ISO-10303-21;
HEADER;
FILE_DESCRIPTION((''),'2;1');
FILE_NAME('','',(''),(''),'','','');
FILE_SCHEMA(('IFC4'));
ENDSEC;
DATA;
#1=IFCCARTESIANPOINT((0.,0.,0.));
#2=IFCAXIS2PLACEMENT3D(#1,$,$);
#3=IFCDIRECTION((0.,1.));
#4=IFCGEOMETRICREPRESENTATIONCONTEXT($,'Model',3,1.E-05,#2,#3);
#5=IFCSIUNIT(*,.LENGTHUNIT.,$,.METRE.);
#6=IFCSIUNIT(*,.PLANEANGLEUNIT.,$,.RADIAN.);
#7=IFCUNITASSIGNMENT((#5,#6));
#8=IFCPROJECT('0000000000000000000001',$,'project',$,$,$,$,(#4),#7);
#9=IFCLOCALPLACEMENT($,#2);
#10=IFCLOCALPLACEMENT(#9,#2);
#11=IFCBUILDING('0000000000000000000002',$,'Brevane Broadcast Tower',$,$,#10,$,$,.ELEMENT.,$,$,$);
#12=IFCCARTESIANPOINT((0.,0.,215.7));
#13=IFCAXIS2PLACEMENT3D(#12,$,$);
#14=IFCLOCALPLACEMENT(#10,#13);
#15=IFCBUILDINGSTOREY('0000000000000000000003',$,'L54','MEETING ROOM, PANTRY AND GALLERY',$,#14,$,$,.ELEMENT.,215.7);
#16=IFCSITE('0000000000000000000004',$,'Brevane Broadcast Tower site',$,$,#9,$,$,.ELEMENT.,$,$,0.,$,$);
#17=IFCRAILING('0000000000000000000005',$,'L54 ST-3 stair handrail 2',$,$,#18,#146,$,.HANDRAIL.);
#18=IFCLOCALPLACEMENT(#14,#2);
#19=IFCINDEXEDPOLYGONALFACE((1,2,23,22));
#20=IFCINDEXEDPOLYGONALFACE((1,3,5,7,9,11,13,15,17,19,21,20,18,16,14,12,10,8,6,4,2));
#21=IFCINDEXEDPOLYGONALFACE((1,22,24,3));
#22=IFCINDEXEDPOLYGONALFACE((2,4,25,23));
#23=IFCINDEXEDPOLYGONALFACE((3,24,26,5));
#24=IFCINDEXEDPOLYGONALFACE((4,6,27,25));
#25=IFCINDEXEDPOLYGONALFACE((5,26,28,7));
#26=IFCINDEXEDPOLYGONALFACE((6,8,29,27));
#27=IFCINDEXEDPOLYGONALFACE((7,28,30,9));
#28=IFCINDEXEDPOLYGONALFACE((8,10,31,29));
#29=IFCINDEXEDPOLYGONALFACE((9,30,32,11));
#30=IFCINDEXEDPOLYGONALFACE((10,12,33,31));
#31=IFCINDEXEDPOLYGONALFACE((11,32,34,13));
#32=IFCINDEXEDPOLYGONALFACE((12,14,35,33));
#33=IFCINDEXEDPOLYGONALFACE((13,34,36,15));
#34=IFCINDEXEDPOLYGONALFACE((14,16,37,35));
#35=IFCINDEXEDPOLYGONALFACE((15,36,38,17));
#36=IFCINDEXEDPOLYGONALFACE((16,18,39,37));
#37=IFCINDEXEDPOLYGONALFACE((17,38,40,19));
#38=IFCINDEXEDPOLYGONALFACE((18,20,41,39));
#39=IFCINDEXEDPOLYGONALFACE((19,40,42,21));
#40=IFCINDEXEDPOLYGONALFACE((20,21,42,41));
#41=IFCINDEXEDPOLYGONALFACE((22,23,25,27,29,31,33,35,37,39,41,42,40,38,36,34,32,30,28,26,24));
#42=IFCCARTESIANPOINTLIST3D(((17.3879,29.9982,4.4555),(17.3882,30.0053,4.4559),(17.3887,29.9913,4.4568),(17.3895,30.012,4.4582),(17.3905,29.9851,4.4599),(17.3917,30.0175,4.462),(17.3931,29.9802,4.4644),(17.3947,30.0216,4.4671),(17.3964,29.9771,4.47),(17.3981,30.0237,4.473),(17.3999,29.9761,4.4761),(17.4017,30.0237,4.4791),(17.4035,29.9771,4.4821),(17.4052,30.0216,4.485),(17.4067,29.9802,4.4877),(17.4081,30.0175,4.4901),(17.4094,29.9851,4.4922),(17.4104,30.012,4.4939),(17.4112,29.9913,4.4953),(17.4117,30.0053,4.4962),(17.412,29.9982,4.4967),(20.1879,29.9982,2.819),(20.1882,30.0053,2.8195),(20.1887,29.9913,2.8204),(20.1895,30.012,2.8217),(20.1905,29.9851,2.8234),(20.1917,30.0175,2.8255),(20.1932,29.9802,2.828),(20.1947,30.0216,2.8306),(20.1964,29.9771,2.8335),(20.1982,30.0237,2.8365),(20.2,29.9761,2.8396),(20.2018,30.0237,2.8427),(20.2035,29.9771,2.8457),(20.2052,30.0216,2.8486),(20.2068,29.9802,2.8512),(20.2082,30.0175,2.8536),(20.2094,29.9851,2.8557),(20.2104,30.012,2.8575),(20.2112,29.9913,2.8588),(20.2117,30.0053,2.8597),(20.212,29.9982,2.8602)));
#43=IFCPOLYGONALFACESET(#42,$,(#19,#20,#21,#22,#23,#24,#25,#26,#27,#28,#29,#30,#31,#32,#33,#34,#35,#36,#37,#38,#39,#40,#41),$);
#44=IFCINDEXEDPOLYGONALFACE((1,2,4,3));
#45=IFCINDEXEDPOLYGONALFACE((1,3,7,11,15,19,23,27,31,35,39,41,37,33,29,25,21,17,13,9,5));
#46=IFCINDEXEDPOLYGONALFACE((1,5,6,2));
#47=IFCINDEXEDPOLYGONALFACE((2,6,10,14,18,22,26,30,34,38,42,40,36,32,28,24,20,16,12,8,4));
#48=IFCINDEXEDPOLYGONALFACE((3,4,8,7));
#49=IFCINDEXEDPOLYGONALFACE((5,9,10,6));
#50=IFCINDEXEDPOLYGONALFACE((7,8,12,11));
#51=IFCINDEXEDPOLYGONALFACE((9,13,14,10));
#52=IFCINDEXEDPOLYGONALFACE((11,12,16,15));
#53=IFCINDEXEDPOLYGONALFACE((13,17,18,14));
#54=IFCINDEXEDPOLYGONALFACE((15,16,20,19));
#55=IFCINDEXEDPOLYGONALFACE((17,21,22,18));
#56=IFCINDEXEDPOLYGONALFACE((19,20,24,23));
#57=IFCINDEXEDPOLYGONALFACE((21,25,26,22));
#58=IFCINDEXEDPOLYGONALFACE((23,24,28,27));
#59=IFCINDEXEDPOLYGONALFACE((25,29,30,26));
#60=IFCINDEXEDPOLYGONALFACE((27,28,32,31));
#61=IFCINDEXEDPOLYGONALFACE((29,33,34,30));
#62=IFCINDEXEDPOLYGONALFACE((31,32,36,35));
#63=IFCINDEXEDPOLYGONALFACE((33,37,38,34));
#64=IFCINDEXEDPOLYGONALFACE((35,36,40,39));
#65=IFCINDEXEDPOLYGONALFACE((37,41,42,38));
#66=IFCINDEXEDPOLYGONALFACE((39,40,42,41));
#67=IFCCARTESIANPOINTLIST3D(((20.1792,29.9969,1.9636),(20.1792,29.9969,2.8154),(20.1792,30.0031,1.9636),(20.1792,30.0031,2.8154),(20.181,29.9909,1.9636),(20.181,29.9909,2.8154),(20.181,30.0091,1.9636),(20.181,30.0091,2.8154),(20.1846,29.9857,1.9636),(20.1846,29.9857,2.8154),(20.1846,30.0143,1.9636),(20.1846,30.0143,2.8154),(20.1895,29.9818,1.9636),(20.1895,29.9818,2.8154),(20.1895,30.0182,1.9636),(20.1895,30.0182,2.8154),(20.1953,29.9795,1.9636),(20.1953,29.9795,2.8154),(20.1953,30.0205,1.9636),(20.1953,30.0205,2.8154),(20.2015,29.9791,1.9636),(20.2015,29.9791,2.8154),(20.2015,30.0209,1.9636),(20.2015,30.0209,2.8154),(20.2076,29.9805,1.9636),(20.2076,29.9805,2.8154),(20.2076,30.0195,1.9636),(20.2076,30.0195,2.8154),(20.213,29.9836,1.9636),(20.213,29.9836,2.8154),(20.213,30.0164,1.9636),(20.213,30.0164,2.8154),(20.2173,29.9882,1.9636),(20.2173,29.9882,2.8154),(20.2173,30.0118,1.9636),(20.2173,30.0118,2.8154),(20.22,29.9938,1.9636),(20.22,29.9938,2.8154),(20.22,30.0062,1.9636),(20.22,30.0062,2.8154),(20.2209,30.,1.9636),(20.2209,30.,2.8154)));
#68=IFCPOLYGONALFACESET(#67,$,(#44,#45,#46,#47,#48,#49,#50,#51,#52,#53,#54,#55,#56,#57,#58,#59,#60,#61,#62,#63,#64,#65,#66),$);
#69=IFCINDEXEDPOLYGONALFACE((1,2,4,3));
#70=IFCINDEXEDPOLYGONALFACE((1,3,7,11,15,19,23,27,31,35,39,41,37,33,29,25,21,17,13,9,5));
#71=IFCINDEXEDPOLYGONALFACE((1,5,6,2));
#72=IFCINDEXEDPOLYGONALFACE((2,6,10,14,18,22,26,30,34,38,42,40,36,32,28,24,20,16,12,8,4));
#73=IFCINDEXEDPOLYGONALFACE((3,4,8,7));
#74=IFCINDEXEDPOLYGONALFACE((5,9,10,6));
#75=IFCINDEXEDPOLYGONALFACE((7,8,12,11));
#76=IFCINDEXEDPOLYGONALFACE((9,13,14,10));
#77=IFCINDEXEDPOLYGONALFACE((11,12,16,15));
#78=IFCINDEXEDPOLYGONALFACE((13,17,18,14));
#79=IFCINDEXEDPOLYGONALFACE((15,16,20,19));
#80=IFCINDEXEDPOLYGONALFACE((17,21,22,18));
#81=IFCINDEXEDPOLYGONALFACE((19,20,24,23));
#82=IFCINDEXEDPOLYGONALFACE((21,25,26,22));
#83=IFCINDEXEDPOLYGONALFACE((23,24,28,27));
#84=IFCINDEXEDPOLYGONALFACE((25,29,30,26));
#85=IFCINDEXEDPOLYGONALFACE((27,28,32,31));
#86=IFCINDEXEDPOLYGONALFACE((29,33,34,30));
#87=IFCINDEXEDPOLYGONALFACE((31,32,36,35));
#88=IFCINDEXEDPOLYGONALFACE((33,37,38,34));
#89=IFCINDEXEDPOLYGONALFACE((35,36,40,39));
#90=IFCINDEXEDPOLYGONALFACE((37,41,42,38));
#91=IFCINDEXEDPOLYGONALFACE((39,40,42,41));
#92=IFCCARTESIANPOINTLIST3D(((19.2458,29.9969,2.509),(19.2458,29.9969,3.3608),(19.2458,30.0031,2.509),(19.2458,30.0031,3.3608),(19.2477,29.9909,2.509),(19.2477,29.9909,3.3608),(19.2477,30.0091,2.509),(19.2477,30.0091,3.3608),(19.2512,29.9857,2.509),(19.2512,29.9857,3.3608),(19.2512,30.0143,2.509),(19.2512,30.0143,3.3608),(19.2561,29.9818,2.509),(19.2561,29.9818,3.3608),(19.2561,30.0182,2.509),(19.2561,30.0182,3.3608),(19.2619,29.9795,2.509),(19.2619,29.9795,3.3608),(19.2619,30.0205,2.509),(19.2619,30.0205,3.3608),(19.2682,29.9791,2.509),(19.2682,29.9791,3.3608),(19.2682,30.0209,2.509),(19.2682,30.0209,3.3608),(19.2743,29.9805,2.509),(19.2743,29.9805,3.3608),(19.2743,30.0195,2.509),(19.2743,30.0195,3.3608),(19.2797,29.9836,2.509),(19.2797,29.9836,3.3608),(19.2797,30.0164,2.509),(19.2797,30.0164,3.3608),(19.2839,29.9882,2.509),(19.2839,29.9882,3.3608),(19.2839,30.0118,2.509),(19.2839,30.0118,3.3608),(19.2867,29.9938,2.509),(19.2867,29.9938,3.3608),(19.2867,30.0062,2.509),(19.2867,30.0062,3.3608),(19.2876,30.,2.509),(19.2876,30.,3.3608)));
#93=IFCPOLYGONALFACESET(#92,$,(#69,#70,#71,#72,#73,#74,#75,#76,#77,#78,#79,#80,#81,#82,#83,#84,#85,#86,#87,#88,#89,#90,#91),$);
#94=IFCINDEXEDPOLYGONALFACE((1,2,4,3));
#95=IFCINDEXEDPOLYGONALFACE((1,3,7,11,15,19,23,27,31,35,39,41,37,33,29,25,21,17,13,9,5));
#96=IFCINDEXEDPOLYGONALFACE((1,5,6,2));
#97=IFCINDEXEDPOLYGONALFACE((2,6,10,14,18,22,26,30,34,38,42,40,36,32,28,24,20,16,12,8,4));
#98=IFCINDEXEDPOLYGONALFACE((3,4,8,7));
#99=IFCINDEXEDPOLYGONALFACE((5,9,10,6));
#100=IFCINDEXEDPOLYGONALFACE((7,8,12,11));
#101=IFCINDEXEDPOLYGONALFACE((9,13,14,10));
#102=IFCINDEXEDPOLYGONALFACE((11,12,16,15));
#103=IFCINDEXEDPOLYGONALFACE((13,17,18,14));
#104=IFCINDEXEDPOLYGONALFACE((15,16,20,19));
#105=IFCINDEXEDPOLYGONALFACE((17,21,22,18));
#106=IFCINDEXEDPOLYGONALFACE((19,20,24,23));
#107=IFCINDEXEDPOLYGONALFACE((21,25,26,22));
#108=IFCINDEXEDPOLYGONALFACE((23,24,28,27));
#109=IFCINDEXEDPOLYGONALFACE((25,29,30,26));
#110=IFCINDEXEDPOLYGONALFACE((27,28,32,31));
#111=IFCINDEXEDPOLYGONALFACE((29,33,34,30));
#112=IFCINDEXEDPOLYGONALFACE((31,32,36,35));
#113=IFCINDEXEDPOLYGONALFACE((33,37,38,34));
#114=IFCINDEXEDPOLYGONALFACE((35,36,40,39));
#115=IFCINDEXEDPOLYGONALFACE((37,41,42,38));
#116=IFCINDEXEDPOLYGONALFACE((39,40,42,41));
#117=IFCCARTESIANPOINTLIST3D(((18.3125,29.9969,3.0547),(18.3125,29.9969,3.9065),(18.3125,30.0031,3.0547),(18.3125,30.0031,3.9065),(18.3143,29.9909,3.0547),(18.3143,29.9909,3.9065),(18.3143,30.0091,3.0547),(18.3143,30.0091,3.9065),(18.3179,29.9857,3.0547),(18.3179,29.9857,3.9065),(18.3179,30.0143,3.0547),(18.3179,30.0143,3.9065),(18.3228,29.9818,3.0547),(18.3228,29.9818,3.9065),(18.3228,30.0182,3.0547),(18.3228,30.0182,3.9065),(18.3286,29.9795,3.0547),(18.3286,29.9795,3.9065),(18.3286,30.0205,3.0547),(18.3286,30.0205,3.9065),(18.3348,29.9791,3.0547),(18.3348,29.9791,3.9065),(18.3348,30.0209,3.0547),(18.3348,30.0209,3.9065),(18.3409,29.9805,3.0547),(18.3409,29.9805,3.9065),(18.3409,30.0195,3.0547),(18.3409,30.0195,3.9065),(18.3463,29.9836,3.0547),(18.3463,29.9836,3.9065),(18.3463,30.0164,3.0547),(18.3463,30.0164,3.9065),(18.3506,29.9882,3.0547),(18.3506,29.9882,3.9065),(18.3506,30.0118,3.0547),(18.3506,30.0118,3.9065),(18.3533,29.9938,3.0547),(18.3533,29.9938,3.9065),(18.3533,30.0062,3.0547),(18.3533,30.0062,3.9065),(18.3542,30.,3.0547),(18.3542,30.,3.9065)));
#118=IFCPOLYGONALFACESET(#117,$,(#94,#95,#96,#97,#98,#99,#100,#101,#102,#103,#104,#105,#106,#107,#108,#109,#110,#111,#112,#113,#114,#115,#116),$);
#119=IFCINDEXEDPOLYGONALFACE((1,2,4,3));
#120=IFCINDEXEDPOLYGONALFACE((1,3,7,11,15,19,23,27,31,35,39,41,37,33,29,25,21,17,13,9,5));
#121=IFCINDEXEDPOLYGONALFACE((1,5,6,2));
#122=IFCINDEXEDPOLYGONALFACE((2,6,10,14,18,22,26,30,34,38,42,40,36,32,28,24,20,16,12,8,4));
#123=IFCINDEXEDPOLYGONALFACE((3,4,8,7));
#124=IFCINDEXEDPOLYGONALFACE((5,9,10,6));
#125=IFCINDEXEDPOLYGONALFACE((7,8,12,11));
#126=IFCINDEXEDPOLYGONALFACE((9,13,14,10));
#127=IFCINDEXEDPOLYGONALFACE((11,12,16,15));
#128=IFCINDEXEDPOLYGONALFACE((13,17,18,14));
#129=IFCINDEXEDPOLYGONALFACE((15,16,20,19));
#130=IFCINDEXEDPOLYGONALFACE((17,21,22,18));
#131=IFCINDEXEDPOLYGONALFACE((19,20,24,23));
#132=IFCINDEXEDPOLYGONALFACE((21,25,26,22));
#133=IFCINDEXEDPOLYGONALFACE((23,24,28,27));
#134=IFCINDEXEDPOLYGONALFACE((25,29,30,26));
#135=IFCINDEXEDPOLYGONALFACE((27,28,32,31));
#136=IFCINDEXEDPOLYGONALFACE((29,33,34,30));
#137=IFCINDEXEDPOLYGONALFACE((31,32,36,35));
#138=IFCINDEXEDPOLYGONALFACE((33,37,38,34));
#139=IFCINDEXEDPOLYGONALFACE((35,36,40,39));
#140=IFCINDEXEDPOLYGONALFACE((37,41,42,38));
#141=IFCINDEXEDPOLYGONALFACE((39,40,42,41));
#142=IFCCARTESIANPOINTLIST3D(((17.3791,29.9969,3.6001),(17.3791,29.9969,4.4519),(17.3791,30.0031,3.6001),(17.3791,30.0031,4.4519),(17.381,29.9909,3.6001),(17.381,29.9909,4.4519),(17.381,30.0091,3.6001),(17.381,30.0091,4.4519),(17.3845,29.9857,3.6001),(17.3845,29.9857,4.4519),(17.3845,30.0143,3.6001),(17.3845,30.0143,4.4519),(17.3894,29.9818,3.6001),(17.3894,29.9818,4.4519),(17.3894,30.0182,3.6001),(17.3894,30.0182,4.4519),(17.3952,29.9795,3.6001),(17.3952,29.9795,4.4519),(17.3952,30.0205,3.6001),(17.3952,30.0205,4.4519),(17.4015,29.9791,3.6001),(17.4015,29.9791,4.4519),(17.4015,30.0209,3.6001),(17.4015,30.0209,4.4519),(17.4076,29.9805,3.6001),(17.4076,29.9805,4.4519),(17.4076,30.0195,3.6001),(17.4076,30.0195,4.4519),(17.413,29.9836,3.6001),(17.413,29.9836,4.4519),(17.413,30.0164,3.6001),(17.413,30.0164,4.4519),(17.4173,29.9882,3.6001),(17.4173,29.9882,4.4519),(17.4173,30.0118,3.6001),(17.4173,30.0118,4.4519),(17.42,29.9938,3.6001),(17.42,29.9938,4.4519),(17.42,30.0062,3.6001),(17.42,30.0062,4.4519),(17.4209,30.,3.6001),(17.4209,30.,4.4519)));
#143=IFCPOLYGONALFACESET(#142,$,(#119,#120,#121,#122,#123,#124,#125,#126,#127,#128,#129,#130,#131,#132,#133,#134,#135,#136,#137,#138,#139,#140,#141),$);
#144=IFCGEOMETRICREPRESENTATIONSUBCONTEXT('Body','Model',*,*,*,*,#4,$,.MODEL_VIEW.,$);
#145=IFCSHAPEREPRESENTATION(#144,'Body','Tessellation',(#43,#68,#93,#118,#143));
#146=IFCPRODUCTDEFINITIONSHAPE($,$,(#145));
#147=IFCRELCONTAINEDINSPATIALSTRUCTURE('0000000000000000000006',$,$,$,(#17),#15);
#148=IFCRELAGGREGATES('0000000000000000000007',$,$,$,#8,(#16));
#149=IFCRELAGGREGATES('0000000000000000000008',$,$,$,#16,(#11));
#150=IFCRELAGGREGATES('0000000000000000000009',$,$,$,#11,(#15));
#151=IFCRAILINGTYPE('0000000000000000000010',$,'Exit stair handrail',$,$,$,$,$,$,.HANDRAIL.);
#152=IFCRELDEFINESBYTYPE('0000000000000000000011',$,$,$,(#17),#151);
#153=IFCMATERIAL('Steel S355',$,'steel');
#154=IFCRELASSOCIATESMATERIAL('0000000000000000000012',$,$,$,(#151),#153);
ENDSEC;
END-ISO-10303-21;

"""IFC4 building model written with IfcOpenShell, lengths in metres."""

from ifc_helpers import new_model, si_unit, direction, frame, origin, origin_2d, place, context, subcontext, project, spatial, circle, extrude, material, type_object, element, save


model = new_model("IFC4")

# Units and contexts
model_context = context("Model", 3, precision=1e-05, world=origin(), true_north=direction((0.0, 1.0)))
body_context = subcontext(model_context, "Body", "Model", "MODEL_VIEW")
ifc_project = project(units=[si_unit("LENGTHUNIT", "METRE"), si_unit("PLANEANGLEUNIT", "RADIAN")], contexts=[model_context])

# Site, building, storey
site_placement = place(None, origin())
site = spatial("IfcSite", under=ifc_project, at=site_placement, Name="Brevane Broadcast Tower site", CompositionType="ELEMENT", RefElevation=0.0)
building_placement = place(site_placement, origin())
building = spatial("IfcBuilding", under=site, at=building_placement, Name="Brevane Broadcast Tower", CompositionType="ELEMENT")
storey_placement = place(building_placement, frame((0.0, 0.0, 215.7)))
storey = spatial("IfcBuildingStorey", under=building, at=storey_placement, Name="L54", Description="MEETING ROOM, PANTRY AND GALLERY", CompositionType="ELEMENT", Elevation=215.7)

# Railing
ifc_material_1 = material(Name="Steel S355", Category="steel")
railing_type_1 = type_object("IfcRailingType", Name="Exit stair handrail", PredefinedType="HANDRAIL", material=ifc_material_1)
railing_1_placement = place(storey_placement, frame((20.2, 30.0, 1.9636)))
element("IfcRailing", 1, at=railing_1_placement, inside=storey, type_object=railing_type_1, Name="L54 ST-3 stair handrail 2", PredefinedType="HANDRAIL", context=body_context, shape_type="SweptSolid", body=[
    extrude(circle(Radius=0.0239, at=origin_2d()), frame((0.0, 0.0, 0.876), z_axis=(-0.863361, 0.0, 0.504587), x_axis=(0.0, -1.0, 0.0)), (0.0, 0.0, 1.0), 3.2432),
    extrude(circle(Radius=0.021, at=origin_2d()), origin(), (0.0, 0.0, 1.0), 0.8518),
    extrude(circle(Radius=0.021, at=origin_2d()), frame((-0.9333, 0.0, 0.5454)), (0.0, 0.0, 1.0), 0.8518),
    extrude(circle(Radius=0.021, at=origin_2d()), frame((-1.8667, 0.0, 1.0911)), (0.0, 0.0, 1.0), 0.8518),
    extrude(circle(Radius=0.021, at=origin_2d()), frame((-2.8, 0.0, 1.6365)), (0.0, 0.0, 1.0), 0.8518),
])

save(model, "model.ifc")
